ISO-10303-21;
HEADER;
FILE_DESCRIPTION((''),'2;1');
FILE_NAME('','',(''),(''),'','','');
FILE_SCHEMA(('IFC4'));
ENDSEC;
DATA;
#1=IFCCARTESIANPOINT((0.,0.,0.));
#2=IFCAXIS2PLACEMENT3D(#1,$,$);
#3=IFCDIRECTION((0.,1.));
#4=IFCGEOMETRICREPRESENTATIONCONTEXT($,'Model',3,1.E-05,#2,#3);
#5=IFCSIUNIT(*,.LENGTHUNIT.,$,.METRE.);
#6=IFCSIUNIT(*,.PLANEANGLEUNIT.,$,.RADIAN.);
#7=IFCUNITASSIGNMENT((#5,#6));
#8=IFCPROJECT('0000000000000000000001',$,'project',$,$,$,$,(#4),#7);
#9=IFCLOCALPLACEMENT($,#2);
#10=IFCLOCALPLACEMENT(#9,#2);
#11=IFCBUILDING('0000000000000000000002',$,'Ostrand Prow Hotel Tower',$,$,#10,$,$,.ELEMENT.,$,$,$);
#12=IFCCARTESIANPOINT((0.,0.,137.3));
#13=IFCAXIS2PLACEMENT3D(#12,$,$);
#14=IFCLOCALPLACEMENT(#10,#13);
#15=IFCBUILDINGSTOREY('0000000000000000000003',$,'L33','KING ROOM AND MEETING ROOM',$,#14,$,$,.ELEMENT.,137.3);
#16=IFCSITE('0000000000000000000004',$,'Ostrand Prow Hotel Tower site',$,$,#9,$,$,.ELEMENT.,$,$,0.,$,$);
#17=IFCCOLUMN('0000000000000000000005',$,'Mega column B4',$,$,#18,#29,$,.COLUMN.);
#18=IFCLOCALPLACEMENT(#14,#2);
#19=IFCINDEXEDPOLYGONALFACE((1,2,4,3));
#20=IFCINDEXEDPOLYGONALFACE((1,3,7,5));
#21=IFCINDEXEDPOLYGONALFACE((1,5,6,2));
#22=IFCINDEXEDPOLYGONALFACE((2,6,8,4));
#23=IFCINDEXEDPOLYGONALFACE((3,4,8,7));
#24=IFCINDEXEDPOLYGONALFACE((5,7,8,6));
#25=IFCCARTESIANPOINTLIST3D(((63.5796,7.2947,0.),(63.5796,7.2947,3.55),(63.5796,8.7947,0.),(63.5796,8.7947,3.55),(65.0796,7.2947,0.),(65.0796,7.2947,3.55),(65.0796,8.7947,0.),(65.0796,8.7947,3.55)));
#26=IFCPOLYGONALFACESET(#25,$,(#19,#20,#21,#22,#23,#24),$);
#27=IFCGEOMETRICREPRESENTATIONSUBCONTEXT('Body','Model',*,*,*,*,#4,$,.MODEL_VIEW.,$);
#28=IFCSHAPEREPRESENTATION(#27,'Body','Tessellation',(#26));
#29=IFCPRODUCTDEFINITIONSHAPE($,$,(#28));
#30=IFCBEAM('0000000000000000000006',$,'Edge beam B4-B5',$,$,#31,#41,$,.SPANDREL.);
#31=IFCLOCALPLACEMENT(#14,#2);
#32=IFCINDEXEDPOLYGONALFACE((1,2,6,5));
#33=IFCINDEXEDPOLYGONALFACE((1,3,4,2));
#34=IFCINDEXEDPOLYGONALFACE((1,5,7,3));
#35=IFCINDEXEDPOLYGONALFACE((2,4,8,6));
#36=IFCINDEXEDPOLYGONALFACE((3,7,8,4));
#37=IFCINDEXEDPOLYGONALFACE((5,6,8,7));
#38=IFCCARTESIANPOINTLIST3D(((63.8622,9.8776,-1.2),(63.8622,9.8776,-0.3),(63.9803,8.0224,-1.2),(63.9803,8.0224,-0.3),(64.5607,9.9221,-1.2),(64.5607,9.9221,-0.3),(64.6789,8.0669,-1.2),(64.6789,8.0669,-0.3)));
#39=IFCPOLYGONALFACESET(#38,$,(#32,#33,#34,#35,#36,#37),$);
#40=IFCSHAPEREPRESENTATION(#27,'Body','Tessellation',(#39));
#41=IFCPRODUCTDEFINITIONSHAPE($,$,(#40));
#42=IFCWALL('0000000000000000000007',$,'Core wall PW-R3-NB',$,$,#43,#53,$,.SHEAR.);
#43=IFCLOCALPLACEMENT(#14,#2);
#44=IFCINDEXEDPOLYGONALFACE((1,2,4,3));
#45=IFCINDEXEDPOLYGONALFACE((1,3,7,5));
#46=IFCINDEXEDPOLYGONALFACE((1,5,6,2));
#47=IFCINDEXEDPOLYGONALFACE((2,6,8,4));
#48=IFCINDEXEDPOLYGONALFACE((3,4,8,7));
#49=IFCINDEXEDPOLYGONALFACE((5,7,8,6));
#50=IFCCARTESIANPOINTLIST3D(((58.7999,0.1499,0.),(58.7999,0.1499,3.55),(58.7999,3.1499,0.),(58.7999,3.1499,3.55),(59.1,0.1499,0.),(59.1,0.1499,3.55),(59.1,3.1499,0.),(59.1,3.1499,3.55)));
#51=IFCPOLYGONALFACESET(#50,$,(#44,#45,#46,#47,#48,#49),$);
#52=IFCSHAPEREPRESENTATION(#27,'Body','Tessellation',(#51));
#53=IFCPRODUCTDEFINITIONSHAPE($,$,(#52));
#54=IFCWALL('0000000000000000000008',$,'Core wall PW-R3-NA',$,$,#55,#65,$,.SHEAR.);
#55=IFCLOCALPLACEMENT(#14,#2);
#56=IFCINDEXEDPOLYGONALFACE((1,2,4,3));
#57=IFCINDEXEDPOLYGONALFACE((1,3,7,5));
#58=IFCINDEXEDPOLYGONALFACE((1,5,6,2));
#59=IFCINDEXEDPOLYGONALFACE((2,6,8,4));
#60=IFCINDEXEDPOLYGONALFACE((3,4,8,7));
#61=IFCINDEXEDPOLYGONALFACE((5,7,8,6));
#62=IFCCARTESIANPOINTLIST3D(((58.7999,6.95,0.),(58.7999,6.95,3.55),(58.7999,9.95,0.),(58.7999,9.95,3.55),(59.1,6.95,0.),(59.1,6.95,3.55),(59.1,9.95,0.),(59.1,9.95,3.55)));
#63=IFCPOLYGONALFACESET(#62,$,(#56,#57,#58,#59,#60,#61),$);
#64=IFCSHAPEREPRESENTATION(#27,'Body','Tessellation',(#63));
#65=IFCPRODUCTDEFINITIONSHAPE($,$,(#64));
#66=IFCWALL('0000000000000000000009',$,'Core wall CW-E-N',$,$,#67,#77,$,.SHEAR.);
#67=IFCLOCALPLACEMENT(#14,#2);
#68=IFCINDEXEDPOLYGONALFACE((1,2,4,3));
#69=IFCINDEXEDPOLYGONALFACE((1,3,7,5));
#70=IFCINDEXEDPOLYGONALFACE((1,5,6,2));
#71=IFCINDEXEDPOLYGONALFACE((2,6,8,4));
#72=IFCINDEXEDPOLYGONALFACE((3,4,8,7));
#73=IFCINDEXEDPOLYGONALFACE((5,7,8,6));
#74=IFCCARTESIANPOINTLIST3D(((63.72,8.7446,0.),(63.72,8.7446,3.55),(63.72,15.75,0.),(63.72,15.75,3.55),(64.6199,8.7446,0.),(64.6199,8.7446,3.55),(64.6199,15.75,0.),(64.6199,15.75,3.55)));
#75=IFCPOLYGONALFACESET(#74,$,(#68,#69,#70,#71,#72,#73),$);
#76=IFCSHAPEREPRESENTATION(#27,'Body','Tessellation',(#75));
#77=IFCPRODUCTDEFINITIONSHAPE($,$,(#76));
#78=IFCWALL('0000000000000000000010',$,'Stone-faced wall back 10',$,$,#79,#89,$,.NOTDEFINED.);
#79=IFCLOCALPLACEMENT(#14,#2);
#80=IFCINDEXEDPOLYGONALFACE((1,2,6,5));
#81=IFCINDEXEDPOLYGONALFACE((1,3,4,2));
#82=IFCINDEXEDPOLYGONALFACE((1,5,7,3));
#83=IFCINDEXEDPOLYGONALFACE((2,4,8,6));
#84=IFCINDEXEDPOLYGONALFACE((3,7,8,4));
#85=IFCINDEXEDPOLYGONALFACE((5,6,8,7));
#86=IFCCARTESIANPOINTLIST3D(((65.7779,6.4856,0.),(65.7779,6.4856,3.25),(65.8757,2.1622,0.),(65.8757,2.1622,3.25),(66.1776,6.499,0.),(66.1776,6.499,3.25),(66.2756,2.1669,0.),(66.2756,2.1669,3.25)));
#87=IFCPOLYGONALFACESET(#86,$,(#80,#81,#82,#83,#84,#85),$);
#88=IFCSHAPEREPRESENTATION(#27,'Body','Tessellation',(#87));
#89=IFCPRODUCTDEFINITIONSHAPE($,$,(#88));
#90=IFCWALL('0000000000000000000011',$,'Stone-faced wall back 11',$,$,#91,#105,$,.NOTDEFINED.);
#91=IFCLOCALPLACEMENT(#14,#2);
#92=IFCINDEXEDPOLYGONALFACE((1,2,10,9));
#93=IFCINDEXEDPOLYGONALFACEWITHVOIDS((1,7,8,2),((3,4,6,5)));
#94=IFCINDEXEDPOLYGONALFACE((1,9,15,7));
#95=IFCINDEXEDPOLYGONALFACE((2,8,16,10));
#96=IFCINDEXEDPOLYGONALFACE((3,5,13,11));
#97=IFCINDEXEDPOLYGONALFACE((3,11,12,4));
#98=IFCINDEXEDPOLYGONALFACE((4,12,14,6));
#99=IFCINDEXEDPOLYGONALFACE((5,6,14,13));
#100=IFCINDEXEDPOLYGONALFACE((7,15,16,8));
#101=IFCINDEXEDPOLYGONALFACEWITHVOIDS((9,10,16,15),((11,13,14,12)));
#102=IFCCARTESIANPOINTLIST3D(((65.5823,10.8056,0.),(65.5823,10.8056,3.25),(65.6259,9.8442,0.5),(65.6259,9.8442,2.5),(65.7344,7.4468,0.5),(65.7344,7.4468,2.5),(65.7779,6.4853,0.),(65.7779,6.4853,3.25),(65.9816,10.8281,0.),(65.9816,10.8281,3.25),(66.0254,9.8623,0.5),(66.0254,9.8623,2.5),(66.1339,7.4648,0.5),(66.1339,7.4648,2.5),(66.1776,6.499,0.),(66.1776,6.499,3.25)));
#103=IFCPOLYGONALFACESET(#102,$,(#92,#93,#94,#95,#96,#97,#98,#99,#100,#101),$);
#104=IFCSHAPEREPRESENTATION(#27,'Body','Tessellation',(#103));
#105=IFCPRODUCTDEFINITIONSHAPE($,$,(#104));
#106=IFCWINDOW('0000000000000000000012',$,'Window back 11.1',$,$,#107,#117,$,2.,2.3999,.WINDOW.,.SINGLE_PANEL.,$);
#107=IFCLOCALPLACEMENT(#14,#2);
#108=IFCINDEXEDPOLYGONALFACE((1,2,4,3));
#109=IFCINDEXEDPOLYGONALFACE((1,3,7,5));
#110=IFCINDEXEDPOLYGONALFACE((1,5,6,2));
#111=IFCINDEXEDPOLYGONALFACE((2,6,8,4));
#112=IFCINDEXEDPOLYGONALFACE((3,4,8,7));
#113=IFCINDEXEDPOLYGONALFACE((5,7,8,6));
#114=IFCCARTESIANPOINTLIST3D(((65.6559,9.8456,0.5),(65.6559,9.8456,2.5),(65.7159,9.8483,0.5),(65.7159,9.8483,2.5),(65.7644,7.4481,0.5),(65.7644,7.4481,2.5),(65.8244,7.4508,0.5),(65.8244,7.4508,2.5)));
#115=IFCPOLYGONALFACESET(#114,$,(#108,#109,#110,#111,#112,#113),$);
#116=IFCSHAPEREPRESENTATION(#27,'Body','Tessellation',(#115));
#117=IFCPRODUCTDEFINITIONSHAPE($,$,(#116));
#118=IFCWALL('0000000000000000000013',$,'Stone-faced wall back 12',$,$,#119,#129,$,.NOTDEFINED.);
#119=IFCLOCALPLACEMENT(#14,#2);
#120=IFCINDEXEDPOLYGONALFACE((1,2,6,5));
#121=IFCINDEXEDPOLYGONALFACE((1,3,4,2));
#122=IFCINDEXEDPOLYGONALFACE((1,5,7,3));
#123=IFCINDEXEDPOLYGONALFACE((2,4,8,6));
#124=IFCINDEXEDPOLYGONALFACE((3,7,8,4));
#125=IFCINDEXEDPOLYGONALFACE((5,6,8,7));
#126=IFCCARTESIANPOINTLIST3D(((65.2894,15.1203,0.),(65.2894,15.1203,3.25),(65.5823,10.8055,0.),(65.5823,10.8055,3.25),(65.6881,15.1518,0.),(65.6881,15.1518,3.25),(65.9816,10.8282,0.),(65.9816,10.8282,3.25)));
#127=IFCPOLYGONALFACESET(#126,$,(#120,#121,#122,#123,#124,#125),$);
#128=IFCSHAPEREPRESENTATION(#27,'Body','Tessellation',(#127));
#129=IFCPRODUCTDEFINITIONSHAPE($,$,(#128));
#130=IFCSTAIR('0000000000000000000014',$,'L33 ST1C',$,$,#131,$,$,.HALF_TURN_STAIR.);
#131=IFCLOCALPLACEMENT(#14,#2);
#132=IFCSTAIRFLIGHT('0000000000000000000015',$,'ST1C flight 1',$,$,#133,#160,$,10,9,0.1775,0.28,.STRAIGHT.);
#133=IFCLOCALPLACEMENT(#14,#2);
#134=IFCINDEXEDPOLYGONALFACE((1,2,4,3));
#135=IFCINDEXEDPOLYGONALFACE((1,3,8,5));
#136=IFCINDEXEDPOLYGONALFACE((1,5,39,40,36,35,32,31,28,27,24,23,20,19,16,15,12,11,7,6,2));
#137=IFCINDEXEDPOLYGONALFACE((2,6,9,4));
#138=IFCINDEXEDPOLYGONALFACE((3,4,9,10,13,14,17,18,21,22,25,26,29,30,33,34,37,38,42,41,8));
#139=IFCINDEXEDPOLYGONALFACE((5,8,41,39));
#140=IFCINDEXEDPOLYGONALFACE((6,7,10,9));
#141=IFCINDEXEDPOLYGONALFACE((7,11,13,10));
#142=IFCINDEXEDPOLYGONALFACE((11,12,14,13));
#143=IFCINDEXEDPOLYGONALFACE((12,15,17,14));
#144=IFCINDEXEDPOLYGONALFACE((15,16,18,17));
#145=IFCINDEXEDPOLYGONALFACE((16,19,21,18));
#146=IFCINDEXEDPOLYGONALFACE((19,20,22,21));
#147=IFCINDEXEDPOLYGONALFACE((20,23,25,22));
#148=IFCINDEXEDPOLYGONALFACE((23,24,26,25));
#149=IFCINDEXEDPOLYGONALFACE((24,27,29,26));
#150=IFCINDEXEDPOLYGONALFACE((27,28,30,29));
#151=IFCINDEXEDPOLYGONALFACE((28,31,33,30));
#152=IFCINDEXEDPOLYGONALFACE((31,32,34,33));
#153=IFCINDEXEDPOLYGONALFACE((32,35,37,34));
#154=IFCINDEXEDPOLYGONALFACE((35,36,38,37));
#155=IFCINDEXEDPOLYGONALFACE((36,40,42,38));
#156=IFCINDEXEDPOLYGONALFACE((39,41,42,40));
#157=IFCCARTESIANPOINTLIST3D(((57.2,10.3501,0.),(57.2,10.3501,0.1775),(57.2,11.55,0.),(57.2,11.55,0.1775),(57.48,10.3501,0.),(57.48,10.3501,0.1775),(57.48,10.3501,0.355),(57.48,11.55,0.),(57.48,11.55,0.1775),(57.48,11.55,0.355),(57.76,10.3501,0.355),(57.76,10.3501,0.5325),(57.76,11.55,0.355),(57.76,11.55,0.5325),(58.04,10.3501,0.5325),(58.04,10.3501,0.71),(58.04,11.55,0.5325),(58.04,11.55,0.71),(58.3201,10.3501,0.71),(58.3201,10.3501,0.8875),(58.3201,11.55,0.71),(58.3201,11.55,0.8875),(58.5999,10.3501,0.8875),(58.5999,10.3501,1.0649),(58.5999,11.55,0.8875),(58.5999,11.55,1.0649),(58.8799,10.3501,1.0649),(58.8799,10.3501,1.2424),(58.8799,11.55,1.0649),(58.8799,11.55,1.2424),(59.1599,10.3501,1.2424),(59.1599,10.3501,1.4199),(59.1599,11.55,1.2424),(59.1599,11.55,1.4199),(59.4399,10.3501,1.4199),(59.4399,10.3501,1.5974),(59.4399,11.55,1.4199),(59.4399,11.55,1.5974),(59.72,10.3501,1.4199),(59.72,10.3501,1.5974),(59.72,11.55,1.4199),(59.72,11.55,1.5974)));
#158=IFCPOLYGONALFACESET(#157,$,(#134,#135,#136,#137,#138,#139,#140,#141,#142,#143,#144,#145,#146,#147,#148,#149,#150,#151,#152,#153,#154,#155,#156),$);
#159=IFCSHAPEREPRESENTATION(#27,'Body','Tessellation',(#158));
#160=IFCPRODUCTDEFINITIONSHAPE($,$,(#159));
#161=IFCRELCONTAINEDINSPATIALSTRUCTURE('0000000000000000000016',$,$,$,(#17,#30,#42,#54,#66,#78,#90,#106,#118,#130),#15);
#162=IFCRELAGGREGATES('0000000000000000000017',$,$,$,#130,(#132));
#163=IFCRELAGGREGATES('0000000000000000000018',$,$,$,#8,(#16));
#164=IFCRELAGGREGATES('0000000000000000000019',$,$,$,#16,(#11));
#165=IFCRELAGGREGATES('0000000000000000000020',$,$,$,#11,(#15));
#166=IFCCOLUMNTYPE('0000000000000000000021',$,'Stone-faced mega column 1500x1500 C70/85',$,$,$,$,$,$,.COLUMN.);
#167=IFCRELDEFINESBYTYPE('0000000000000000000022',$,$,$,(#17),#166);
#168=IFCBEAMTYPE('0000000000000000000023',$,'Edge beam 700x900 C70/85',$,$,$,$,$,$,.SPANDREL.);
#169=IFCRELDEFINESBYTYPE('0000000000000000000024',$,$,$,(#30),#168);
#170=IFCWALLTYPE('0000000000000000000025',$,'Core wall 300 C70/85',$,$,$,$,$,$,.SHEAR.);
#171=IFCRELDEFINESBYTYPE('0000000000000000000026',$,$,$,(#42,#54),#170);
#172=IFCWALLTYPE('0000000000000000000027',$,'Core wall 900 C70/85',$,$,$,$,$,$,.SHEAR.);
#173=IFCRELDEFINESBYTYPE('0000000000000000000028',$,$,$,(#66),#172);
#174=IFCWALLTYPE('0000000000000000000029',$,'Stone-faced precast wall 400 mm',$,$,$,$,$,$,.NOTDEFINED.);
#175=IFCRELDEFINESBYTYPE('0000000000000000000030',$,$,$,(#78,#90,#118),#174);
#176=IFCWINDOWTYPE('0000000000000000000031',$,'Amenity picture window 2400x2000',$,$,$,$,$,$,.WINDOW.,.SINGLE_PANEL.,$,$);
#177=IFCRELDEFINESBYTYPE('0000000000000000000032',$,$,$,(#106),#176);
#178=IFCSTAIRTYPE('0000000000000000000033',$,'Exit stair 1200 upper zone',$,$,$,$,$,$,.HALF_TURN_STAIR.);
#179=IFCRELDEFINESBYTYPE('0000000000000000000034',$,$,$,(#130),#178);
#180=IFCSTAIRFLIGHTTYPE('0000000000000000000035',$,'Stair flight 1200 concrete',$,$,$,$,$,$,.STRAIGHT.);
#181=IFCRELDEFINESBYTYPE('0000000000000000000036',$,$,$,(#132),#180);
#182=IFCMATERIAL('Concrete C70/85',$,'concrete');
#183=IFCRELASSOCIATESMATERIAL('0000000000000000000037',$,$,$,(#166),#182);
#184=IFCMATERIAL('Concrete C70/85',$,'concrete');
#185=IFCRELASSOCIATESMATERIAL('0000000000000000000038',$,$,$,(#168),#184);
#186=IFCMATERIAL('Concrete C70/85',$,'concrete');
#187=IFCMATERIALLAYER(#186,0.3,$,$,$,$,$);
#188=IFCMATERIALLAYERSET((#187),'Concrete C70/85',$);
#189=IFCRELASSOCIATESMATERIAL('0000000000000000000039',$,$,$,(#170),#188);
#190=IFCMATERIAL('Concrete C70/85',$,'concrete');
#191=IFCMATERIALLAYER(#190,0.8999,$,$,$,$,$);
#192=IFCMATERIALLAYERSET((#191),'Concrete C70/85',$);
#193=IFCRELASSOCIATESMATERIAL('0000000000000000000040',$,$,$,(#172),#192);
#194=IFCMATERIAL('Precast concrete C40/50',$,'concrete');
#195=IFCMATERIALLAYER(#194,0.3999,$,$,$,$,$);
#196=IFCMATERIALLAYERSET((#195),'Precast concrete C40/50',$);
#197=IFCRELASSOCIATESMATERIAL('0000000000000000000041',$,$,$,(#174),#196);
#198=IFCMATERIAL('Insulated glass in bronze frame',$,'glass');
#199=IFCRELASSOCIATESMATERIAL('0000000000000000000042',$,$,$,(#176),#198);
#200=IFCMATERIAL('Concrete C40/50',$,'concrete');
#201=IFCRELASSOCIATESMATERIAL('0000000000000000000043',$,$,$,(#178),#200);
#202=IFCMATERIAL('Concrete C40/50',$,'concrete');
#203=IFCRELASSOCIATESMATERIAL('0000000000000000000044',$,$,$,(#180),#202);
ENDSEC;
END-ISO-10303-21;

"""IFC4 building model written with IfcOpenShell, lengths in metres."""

from ifc_helpers import new_model, si_unit, direction, frame, frame_2d, origin, origin_2d, place, context, subcontext, project, spatial, polyline, rectangle, outline, extrude, material, layer, layer_set, material_profile, profile_set, type_object, element, fill, aggregate, save


model = new_model("IFC4")

# Units and contexts
model_context = context("Model", 3, precision=1e-05, world=origin(), true_north=direction((0.0, 1.0)))
body_context = subcontext(model_context, "Body", "Model", "MODEL_VIEW")
ifc_project = project(units=[si_unit("LENGTHUNIT", "METRE"), si_unit("PLANEANGLEUNIT", "RADIAN")], contexts=[model_context])

# Site, building, storey
site_placement = place(None, origin())
site = spatial("IfcSite", under=ifc_project, at=site_placement, Name="Ostrand Prow Hotel Tower site", CompositionType="ELEMENT", RefElevation=0.0)
building_placement = place(site_placement, origin())
building = spatial("IfcBuilding", under=site, at=building_placement, Name="Ostrand Prow Hotel Tower", CompositionType="ELEMENT")
storey_placement = place(building_placement, frame((0.0, 0.0, 137.3)))
storey = spatial("IfcBuildingStorey", under=building, at=storey_placement, Name="L33", Description="KING ROOM AND MEETING ROOM", CompositionType="ELEMENT", Elevation=137.3)

# Column
ifc_material_1 = material(Name="Concrete C70/85", Category="concrete")
ifc_material_profile_1 = material_profile(ifc_material_1, rectangle(XDim=1.5, YDim=1.5, at=origin_2d()), Name="RC 1500x1500")
ifc_profile_set_1 = profile_set([ifc_material_profile_1], Name="Concrete C70/85")
column_type = type_object("IfcColumnType", Name="Stone-faced mega column 1500x1500 C70/85", PredefinedType="COLUMN", material=ifc_profile_set_1)
column_placement = place(storey_placement, frame((64.3296, 8.0447, 0.0), z_axis=(0.0, 0.0, 1.0), x_axis=(1.0, 0.0, 0.0)))
element("IfcColumn", 1, at=column_placement, inside=storey, type_object=column_type, Name="Mega column B4", PredefinedType="COLUMN", context=body_context, shape_type="SweptSolid", body=[
    extrude(rectangle(XDim=1.5, YDim=1.5, at=origin_2d()), origin(), (0.0, 0.0, 1.0), 3.55),
])

# Beam
ifc_material_2 = material(Name="Concrete C70/85", Category="concrete")
ifc_material_profile_2 = material_profile(ifc_material_2, rectangle(XDim=0.7, YDim=0.8999, at=origin_2d()), Name="RC 700x900")
ifc_profile_set_2 = profile_set([ifc_material_profile_2], Name="Concrete C70/85")
beam_type = type_object("IfcBeamType", Name="Edge beam 700x900 C70/85", PredefinedType="SPANDREL", material=ifc_profile_set_2)
beam_placement = place(storey_placement, frame((64.3296, 8.0447, -0.75), z_axis=(-0.063564, 0.997978, 0.0), x_axis=(-0.997978, -0.063564, 0.0)))
element("IfcBeam", 2, at=beam_placement, inside=storey, type_object=beam_type, Name="Edge beam B4-B5", PredefinedType="SPANDREL", context=body_context, shape_type="SweptSolid", body=[
    extrude(rectangle(XDim=0.7, YDim=0.8999, at=origin_2d()), origin(), (0.0, 0.0, 1.0), 1.8589),
])

# Walls
ifc_material_3 = material(Name="Concrete C70/85", Category="concrete")
ifc_layer_1 = layer(ifc_material_3, 0.3)
ifc_layer_set_1 = layer_set([ifc_layer_1], Name="Concrete C70/85")
wall_type_1 = type_object("IfcWallType", Name="Core wall 300 C70/85", PredefinedType="SHEAR", material=ifc_layer_set_1)
for number, where, z_axis, x_axis, name in (
    (3, (58.95, 0.1499, 0.0), (0.0, 0.0, 1.0), (0.0, 1.0, 0.0), "Core wall PW-R3-NB"),
    (4, (58.95, 6.95, 0.0), (0.0, 0.0, 1.0), (0.0, 1.0, 0.0), "Core wall PW-R3-NA"),
):
    element("IfcWall", number, at=place(storey_placement, frame(where, z_axis=z_axis, x_axis=x_axis)), inside=storey, type_object=wall_type_1, Name=name, PredefinedType="SHEAR", context=body_context, shape_type="SweptSolid", body=[
        extrude(rectangle(XDim=3.0, YDim=0.3, at=frame_2d((1.5, 0.0))), origin(), (0.0, 0.0, 1.0), 3.55),
    ])
ifc_material_4 = material(Name="Concrete C70/85", Category="concrete")
ifc_layer_2 = layer(ifc_material_4, 0.8999)
ifc_layer_set_2 = layer_set([ifc_layer_2], Name="Concrete C70/85")
wall_type_2 = type_object("IfcWallType", Name="Core wall 900 C70/85", PredefinedType="SHEAR", material=ifc_layer_set_2)
wall_1_placement = place(storey_placement, frame((64.1699, 8.7446, 0.0), z_axis=(0.0, 0.0, 1.0), x_axis=(0.0, 1.0, 0.0)))
element("IfcWall", 5, at=wall_1_placement, inside=storey, type_object=wall_type_2, Name="Core wall CW-E-N", PredefinedType="SHEAR", context=body_context, shape_type="SweptSolid", body=[
    extrude(rectangle(XDim=7.0054, YDim=0.8999, at=frame_2d((3.5027, 0.0))), origin(), (0.0, 0.0, 1.0), 3.55),
])
ifc_material_5 = material(Name="Precast concrete C40/50", Category="concrete")
ifc_layer_3 = layer(ifc_material_5, 0.3999)
ifc_layer_set_3 = layer_set([ifc_layer_3], Name="Precast concrete C40/50")
wall_type_3 = type_object("IfcWallType", Name="Stone-faced precast wall 400 mm", PredefinedType="NOTDEFINED", material=ifc_layer_set_3)
wall_2_placement = place(storey_placement, frame((66.0757, 2.1646, 0.0), z_axis=(0.0, 0.0, 1.0), x_axis=(-0.022616, 0.999744, 0.0)))
element("IfcWall", 6, at=wall_2_placement, inside=storey, type_object=wall_type_3, Name="Stone-faced wall back 10", PredefinedType="NOTDEFINED", context=body_context, shape_type="SweptSolid", body=[
    extrude(outline(polyline([(-0.0022, -0.2), (4.3311, -0.2), (4.3267, 0.2), (0.0022, 0.2), (-0.0022, -0.2)])), origin(), (0.0, 0.0, 1.0), 3.25),
])

# Wall, opening, window
wall_3_placement = place(storey_placement, frame((65.9778, 6.4922, 0.0), z_axis=(0.0, 0.0, 1.0), x_axis=(-0.045229, 0.998977, 0.0)))
wall_3 = element("IfcWall", 7, at=wall_3_placement, inside=storey, type_object=wall_type_3, Name="Stone-faced wall back 11", PredefinedType="NOTDEFINED", context=body_context, shape_type="SweptSolid", body=[
    extrude(outline(polyline([(-0.0022, -0.2), (4.3313, -0.2), (4.3269, 0.2), (0.0022, 0.2), (-0.0022, -0.2)])), origin(), (0.0, 0.0, 1.0), 3.25),
])
opening_placement = place(wall_3_placement, frame((0.9646, 0.0, 0.5)))
opening = element("IfcOpeningElement", 8, at=opening_placement, cuts=wall_3, PredefinedType="OPENING", context=body_context, shape_type="SweptSolid", body=[
    extrude(rectangle(XDim=2.3999, YDim=2.0, at=frame_2d((1.2, 1.0))), frame((0.0, 0.21, 0.0), z_axis=(0.0, -1.0, 0.0), x_axis=(1.0, 0.0, 0.0)), (0.0, 0.0, 1.0), 0.4199),
])
ifc_material_6 = material(Name="Insulated glass in bronze frame", Category="glass")
window_type = type_object("IfcWindowType", Name="Amenity picture window 2400x2000", PartitioningType="SINGLE_PANEL", PredefinedType="WINDOW", material=ifc_material_6)
window_placement = place(opening_placement, origin())
window = element("IfcWindow", 9, at=window_placement, inside=storey, type_object=window_type, Name="Window back 11.1", OverallHeight=2.0, OverallWidth=2.3999, PartitioningType="SINGLE_PANEL", PredefinedType="WINDOW", context=body_context, shape_type="SweptSolid", body=[
    extrude(rectangle(XDim=2.3999, YDim=2.0, at=frame_2d((1.2, 1.0))), frame((0.0, 0.1699, 0.0), z_axis=(0.0, -1.0, 0.0), x_axis=(1.0, 0.0, 0.0)), (0.0, 0.0, 1.0), 0.0601),
])
fill(opening, window)

# Wall
wall_4_placement = place(storey_placement, frame((65.782, 10.8169, 0.0), z_axis=(0.0, 0.0, 1.0), x_axis=(-0.067732, 0.997704, 0.0)))
element("IfcWall", 10, at=wall_4_placement, inside=storey, type_object=wall_type_3, Name="Stone-faced wall back 12", PredefinedType="NOTDEFINED", context=body_context, shape_type="SweptSolid", body=[
    extrude(outline(polyline([(-0.0022, -0.2), (4.3313, -0.2), (4.3269, 0.2), (0.0022, 0.2), (-0.0022, -0.2)])), origin(), (0.0, 0.0, 1.0), 3.25),
])

# Stair, stair flight
ifc_material_7 = material(Name="Concrete C40/50", Category="concrete")
stair_type = type_object("IfcStairType", Name="Exit stair 1200 upper zone", PredefinedType="HALF_TURN_STAIR", material=ifc_material_7)
stair_1_placement = place(storey_placement, origin())
stair_1 = element("IfcStair", 11, at=stair_1_placement, inside=storey, type_object=stair_type, Name="L33 ST1C", PredefinedType="HALF_TURN_STAIR")
ifc_material_8 = material(Name="Concrete C40/50", Category="concrete")
stair_flight_type = type_object("IfcStairFlightType", Name="Stair flight 1200 concrete", PredefinedType="STRAIGHT", material=ifc_material_8)
stair_flight_1_placement = place(storey_placement, frame((57.2, 10.95, 0.0), z_axis=(0.0, 0.0, 1.0), x_axis=(1.0, 0.0, 0.0)))
stair_flight_1 = element("IfcStairFlight", 12, at=stair_flight_1_placement, type_object=stair_flight_type, Name="ST1C flight 1", NumberOfRisers=10, NumberOfTreads=9, PredefinedType="STRAIGHT", RiserHeight=0.1775, TreadLength=0.28, context=body_context, shape_type="SweptSolid", body=[
    extrude(outline(polyline([(0.0, 0.0), (0.0, 0.1775), (0.28, 0.1775), (0.28, 0.355), (0.5601, 0.355), (0.5601, 0.5325), (0.8401, 0.5325), (0.8401, 0.71), (1.1201, 0.71), (1.1201, 0.8875), (1.3999, 0.8875), (1.3999, 1.0649), (1.6799, 1.0649), (1.6799, 1.2424), (1.96, 1.2424), (1.96, 1.4199), (2.24, 1.4199), (2.24, 1.5974), (2.52, 1.5974), (2.52, 1.7749), (2.52, 1.4199), (0.28, 0.0), (0.0, 0.0)])), frame((0.0, 0.6001, 0.0), z_axis=(0.0, -1.0, 0.0), x_axis=(1.0, 0.0, 0.0)), (0.0, 0.0, 1.0), 1.2),
])
aggregate(stair_1, [stair_flight_1])

save(model, "model.ifc")
